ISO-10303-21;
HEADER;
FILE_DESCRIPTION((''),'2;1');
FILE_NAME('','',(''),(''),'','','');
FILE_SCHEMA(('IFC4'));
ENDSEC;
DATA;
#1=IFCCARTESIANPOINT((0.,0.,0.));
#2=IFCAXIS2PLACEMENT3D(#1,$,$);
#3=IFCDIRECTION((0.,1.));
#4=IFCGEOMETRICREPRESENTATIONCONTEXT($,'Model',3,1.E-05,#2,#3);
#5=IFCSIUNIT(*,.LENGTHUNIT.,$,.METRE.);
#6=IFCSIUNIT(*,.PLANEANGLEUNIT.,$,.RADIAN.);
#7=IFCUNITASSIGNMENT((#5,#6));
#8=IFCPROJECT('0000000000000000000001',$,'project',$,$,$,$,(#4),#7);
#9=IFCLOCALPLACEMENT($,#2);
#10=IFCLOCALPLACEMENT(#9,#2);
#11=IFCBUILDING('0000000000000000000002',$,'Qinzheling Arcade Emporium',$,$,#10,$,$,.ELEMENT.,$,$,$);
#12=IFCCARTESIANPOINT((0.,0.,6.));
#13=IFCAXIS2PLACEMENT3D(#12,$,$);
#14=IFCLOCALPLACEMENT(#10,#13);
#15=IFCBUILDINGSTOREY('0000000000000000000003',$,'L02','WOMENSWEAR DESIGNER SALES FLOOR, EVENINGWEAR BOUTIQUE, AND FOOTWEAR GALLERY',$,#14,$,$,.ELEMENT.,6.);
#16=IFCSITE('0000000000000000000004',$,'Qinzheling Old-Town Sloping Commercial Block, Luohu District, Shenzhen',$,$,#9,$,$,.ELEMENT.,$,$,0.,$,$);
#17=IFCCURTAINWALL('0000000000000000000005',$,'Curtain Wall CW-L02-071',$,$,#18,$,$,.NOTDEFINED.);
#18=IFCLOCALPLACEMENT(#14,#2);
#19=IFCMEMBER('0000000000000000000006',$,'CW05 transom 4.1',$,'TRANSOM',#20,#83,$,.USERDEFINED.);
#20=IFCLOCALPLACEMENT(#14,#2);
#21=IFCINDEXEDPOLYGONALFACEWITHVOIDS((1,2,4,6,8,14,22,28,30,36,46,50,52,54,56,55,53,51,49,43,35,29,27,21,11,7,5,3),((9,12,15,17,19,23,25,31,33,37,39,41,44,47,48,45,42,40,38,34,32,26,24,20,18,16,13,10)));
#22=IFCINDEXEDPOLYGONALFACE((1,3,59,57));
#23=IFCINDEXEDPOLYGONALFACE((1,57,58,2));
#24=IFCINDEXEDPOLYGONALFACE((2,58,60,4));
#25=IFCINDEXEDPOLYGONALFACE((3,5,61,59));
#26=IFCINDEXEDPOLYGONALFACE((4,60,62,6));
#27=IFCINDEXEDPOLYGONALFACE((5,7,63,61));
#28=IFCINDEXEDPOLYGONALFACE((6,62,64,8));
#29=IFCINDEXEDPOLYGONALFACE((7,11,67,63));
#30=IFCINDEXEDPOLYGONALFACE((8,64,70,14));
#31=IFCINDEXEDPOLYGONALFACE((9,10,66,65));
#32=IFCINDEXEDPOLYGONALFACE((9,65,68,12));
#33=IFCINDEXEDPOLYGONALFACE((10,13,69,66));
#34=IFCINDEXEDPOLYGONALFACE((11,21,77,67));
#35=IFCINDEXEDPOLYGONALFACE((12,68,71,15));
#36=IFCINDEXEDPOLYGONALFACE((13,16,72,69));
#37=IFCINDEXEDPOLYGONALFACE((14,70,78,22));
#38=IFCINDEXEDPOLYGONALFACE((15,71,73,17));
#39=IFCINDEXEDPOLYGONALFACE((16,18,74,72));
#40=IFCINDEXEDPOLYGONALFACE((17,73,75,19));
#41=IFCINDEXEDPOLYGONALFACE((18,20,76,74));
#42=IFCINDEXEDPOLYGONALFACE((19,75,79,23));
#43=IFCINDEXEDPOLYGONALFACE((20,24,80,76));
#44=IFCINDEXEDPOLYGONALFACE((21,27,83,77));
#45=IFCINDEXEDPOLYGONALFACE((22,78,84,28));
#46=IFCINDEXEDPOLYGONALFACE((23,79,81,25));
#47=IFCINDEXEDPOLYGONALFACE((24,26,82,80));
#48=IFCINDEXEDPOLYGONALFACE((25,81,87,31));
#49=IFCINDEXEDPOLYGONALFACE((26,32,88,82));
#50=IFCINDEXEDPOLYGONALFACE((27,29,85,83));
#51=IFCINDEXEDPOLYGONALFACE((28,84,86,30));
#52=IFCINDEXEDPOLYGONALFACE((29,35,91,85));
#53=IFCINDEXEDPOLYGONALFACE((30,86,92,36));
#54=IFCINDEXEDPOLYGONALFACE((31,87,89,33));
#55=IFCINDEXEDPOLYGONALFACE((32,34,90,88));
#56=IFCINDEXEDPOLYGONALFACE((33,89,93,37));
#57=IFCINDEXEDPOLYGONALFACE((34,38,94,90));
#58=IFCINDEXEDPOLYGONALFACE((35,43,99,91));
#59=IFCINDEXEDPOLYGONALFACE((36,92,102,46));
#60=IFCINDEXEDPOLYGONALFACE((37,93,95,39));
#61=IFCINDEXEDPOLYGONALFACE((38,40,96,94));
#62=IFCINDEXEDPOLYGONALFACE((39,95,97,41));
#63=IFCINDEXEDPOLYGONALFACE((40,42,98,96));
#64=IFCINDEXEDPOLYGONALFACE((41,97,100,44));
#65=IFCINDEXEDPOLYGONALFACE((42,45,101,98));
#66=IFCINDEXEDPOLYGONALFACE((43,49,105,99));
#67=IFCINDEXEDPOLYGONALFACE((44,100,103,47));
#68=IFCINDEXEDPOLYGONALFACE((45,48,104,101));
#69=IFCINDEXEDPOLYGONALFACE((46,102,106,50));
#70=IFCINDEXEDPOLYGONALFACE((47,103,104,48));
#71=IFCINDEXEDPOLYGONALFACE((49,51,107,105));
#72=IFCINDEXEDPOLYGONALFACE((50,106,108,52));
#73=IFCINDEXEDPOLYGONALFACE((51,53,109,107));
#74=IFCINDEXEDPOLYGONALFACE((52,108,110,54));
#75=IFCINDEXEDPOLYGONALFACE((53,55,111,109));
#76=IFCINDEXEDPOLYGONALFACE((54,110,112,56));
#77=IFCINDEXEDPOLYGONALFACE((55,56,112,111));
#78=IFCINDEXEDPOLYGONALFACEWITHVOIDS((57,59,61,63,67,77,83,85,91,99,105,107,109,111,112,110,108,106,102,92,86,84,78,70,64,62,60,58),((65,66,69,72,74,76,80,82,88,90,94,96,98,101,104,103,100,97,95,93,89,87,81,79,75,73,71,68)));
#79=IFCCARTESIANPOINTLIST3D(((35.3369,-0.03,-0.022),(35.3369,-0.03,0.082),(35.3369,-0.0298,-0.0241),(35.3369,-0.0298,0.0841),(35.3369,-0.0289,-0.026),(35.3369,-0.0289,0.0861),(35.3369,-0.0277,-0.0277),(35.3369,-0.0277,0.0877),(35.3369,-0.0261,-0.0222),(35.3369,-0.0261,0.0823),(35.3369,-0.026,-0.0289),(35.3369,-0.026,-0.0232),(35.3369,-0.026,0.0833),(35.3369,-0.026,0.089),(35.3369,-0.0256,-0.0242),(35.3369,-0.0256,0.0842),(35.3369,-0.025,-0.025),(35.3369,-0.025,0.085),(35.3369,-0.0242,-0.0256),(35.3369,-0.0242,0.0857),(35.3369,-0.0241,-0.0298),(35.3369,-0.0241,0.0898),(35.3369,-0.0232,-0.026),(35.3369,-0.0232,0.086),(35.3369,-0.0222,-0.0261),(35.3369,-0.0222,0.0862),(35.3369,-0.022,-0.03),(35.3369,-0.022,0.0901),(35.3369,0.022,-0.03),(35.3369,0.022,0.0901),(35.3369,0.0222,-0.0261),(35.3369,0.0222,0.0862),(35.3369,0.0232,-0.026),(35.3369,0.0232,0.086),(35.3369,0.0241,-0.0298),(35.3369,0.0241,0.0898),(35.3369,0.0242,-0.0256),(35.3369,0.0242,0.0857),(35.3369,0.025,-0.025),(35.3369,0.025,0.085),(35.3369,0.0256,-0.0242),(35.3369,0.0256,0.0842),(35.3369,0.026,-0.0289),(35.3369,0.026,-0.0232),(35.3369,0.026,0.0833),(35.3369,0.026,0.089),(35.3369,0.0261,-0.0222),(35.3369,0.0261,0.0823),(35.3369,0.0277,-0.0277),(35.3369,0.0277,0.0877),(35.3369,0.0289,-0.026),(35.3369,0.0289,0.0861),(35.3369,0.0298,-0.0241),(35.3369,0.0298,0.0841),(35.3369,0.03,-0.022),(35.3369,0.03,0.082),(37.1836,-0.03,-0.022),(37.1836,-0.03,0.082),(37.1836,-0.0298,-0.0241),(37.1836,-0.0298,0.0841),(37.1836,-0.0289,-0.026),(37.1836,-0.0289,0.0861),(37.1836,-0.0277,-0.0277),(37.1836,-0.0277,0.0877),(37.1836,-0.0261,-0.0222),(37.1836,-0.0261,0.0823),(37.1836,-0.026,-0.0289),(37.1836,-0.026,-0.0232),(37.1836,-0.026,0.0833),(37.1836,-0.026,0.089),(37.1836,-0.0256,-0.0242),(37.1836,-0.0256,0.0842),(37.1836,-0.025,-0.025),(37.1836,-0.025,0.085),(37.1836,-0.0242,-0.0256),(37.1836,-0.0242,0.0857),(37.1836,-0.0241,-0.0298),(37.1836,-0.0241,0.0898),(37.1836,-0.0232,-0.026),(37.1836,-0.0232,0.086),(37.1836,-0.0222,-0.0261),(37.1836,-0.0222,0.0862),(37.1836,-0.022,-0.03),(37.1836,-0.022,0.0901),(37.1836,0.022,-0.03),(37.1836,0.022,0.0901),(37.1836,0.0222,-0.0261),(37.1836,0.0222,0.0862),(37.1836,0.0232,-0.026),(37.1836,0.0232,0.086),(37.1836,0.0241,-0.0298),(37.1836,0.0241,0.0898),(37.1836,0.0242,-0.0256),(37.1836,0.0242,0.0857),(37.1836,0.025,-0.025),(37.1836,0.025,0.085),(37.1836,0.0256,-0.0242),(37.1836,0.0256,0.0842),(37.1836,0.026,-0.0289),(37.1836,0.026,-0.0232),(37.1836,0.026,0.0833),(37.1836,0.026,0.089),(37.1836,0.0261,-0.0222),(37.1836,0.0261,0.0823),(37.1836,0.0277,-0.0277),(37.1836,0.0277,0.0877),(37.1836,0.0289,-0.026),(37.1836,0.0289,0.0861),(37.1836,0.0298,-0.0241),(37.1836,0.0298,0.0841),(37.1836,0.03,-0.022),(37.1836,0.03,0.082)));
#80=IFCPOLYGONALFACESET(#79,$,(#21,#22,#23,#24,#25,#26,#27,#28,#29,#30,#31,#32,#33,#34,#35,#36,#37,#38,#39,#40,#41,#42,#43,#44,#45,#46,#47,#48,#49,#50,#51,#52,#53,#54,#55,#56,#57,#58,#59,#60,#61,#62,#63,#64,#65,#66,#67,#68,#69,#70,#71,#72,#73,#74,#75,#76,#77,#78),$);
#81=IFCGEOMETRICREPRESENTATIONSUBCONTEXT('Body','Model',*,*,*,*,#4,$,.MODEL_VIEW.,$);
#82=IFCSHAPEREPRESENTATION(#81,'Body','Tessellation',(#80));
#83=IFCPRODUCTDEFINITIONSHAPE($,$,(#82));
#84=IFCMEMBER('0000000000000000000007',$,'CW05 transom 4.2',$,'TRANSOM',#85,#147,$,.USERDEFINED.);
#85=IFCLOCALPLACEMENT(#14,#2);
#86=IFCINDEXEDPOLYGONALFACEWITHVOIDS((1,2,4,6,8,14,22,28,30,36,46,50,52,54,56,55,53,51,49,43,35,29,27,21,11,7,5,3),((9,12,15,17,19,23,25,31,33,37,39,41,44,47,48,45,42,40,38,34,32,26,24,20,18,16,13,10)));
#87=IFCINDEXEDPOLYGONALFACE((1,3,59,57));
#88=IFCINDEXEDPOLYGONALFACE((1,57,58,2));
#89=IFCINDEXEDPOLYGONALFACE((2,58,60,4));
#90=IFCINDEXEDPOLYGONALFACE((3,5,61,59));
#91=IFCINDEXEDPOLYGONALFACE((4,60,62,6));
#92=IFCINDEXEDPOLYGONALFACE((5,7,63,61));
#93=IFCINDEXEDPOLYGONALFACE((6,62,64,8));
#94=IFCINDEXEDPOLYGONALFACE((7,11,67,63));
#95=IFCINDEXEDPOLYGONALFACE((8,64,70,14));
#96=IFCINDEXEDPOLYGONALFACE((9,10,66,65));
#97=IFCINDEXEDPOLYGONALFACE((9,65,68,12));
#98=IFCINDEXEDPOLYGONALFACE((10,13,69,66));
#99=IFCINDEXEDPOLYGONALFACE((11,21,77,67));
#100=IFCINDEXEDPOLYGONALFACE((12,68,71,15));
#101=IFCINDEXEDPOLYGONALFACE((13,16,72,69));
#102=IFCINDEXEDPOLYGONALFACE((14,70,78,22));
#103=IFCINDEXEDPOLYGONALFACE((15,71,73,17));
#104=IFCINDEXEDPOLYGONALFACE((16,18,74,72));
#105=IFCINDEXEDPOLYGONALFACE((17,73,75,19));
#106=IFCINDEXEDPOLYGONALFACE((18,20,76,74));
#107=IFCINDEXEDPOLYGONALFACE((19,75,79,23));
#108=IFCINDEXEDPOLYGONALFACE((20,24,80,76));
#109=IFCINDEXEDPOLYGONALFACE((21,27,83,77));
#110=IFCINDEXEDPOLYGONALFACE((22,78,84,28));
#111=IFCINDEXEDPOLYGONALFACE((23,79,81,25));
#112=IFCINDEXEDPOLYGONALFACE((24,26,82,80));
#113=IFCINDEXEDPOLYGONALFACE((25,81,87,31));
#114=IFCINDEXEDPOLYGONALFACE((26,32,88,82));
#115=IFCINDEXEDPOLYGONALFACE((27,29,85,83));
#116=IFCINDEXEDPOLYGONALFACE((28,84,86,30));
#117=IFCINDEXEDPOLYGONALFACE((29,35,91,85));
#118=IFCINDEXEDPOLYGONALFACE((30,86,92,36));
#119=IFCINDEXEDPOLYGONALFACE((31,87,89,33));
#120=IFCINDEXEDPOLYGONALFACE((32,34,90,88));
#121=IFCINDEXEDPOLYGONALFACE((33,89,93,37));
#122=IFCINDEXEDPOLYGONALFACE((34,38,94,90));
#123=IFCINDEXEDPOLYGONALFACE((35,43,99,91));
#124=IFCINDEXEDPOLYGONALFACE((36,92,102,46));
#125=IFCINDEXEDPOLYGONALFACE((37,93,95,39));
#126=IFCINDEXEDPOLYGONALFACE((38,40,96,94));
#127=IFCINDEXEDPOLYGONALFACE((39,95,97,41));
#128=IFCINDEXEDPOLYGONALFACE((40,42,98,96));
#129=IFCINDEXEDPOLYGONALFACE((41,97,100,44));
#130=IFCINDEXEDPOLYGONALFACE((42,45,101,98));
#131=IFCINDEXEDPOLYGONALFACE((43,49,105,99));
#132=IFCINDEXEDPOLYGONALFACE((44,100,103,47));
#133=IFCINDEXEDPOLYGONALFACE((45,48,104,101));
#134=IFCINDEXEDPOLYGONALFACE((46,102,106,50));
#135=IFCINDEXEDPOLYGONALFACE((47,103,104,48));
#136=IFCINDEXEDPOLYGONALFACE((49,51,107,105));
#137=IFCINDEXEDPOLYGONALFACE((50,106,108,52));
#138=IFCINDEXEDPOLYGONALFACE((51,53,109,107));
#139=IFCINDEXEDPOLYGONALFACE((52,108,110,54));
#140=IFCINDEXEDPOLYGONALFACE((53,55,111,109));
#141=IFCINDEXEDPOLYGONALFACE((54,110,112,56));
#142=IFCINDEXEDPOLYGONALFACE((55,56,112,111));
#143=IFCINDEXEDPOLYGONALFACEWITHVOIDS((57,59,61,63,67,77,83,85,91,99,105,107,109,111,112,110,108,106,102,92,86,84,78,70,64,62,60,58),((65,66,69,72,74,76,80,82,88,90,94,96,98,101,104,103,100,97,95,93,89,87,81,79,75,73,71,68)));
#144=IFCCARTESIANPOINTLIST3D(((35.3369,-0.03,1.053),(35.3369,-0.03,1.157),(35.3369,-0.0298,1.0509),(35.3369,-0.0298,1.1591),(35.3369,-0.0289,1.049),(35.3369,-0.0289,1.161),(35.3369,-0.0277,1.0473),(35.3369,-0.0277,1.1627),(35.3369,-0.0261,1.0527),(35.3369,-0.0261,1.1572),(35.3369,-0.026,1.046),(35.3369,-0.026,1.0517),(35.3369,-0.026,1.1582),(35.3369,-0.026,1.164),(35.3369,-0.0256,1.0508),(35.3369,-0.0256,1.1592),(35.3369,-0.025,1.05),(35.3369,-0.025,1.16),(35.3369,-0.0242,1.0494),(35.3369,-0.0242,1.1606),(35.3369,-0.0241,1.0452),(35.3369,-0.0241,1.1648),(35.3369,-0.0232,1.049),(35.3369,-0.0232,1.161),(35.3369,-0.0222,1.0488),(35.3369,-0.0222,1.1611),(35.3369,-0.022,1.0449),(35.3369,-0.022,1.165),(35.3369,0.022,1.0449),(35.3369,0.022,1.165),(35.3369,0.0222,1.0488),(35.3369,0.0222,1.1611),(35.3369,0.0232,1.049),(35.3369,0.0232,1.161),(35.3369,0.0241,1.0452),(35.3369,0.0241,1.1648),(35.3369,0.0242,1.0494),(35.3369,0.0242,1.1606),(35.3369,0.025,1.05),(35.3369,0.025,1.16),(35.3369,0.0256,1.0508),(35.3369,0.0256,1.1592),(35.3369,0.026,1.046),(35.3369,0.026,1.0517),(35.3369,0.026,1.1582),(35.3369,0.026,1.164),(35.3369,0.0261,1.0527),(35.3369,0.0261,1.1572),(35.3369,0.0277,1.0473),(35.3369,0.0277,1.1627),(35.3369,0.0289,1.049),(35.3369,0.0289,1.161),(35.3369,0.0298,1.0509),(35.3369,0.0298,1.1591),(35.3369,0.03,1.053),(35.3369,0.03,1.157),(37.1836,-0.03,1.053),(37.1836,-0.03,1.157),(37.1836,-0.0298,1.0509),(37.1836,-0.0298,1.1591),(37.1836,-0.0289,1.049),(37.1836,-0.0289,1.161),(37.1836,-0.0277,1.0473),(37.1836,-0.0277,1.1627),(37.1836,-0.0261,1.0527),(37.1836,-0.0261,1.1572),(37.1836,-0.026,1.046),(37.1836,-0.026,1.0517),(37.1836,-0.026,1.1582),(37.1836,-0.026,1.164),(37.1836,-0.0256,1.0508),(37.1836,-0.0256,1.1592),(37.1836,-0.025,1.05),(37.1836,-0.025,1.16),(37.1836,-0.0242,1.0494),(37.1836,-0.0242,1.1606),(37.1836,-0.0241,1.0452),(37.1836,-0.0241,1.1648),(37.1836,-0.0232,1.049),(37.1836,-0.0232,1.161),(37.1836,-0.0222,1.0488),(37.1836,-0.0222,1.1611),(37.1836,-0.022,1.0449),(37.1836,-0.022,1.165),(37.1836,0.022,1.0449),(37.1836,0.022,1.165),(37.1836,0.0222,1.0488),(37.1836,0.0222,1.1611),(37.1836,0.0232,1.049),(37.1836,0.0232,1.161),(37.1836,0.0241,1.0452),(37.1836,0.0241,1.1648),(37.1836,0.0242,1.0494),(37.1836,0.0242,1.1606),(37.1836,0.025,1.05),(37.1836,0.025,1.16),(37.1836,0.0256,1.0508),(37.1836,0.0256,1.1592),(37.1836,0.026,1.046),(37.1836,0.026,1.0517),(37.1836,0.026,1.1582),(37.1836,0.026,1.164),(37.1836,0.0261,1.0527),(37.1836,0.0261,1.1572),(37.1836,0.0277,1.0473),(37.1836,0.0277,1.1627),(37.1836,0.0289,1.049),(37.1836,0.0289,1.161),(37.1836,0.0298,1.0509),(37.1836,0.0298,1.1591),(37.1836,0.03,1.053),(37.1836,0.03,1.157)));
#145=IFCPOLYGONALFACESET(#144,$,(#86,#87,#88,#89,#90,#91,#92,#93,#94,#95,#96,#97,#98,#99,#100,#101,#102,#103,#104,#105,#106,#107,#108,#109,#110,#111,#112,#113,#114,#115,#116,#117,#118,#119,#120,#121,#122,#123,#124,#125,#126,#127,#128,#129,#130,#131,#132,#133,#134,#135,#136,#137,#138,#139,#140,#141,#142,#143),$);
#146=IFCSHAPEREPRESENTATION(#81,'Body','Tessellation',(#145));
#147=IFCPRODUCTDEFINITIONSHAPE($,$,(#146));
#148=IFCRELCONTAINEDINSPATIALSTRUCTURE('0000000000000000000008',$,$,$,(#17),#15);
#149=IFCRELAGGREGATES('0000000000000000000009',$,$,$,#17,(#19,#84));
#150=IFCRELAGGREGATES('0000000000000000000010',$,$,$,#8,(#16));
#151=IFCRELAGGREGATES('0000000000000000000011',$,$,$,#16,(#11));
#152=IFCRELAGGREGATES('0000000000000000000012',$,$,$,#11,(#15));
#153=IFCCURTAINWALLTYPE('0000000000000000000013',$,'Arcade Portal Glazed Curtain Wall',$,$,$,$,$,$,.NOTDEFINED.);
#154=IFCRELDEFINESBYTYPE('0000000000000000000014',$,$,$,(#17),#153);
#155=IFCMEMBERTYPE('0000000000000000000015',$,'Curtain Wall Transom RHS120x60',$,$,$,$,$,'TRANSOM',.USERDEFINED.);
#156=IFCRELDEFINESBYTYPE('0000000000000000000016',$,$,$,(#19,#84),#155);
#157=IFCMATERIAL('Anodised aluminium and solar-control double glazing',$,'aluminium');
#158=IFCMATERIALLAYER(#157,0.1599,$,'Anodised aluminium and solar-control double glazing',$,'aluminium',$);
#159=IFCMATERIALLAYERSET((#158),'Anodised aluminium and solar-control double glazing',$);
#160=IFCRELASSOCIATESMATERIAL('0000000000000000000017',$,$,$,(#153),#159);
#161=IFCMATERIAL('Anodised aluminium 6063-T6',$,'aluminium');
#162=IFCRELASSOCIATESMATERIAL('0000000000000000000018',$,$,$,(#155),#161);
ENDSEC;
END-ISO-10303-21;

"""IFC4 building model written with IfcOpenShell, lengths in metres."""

from ifc_helpers import new_model, si_unit, direction, frame, origin, origin_2d, place, context, subcontext, project, spatial, hollow_rectangle, extrude, material, layer, layer_set, material_profile, profile_set, type_object, element, aggregate, save


model = new_model("IFC4")

# Units and contexts
model_context = context("Model", 3, precision=1e-05, world=origin(), true_north=direction((0.0, 1.0)))
body_context = subcontext(model_context, "Body", "Model", "MODEL_VIEW")
ifc_project = project(units=[si_unit("LENGTHUNIT", "METRE"), si_unit("PLANEANGLEUNIT", "RADIAN")], contexts=[model_context])

# Site, building, storey
site_placement = place(None, origin())
site = spatial("IfcSite", under=ifc_project, at=site_placement, Name="Qinzheling Old-Town Sloping Commercial Block, Luohu District, Shenzhen", CompositionType="ELEMENT", RefElevation=0.0)
building_placement = place(site_placement, origin())
building = spatial("IfcBuilding", under=site, at=building_placement, Name="Qinzheling Arcade Emporium", CompositionType="ELEMENT")
storey_placement = place(building_placement, frame((0.0, 0.0, 6.0)))
storey = spatial("IfcBuildingStorey", under=building, at=storey_placement, Name="L02", Description="WOMENSWEAR DESIGNER SALES FLOOR, EVENINGWEAR BOUTIQUE, AND FOOTWEAR GALLERY", CompositionType="ELEMENT", Elevation=6.0)

# Curtain wall, members
ifc_material_1 = material(Name="Anodised aluminium and solar-control double glazing", Category="aluminium")
ifc_layer_1 = layer(ifc_material_1, 0.1599, Name="Anodised aluminium and solar-control double glazing", Category="aluminium")
ifc_layer_set_1 = layer_set([ifc_layer_1], Name="Anodised aluminium and solar-control double glazing")
curtain_wall_type = type_object("IfcCurtainWallType", Name="Arcade Portal Glazed Curtain Wall", PredefinedType="NOTDEFINED", material=ifc_layer_set_1)
curtain_wall_placement = place(storey_placement, origin())
curtain_wall = element("IfcCurtainWall", 1, at=curtain_wall_placement, inside=storey, type_object=curtain_wall_type, Name="Curtain Wall CW-L02-071", PredefinedType="NOTDEFINED")
ifc_material_2 = material(Name="Anodised aluminium 6063-T6", Category="aluminium")
ifc_material_profile_1 = material_profile(ifc_material_2, hollow_rectangle(XDim=0.0601, YDim=0.1201, WallThickness=0.0039, InnerFilletRadius=0.0039, OuterFilletRadius=0.0081, at=origin_2d()), Name="RHS 120x60x4", Category="aluminium")
ifc_profile_set_1 = profile_set([ifc_material_profile_1], Name="Anodised aluminium 6063-T6")
member_type_1 = type_object("IfcMemberType", Name="Curtain Wall Transom RHS120x60", ElementType="TRANSOM", PredefinedType="USERDEFINED", material=ifc_profile_set_1)
member_1_placement = place(storey_placement, frame((37.1836, 0.0, 0.03), z_axis=(-1.0, 0.0, 0.0), x_axis=(0.0, -1.0, 0.0)))
member_1 = element("IfcMember", 2, at=member_1_placement, type_object=member_type_1, Name="CW05 transom 4.1", ObjectType="TRANSOM", PredefinedType="USERDEFINED", context=body_context, shape_type="SweptSolid", body=[
    extrude(hollow_rectangle(XDim=0.0601, YDim=0.1201, WallThickness=0.0039, InnerFilletRadius=0.0039, OuterFilletRadius=0.0081, at=origin_2d()), origin(), (0.0, 0.0, 1.0), 1.8467),
])
member_2_placement = place(storey_placement, frame((37.1836, 0.0, 1.105), z_axis=(-1.0, 0.0, 0.0), x_axis=(0.0, -1.0, 0.0)))
member_2 = element("IfcMember", 3, at=member_2_placement, type_object=member_type_1, Name="CW05 transom 4.2", ObjectType="TRANSOM", PredefinedType="USERDEFINED", context=body_context, shape_type="SweptSolid", body=[
    extrude(hollow_rectangle(XDim=0.0601, YDim=0.1201, WallThickness=0.0039, InnerFilletRadius=0.0039, OuterFilletRadius=0.0081, at=origin_2d()), origin(), (0.0, 0.0, 1.0), 1.8467),
])
aggregate(curtain_wall, [member_1, member_2])

save(model, "model.ifc")
